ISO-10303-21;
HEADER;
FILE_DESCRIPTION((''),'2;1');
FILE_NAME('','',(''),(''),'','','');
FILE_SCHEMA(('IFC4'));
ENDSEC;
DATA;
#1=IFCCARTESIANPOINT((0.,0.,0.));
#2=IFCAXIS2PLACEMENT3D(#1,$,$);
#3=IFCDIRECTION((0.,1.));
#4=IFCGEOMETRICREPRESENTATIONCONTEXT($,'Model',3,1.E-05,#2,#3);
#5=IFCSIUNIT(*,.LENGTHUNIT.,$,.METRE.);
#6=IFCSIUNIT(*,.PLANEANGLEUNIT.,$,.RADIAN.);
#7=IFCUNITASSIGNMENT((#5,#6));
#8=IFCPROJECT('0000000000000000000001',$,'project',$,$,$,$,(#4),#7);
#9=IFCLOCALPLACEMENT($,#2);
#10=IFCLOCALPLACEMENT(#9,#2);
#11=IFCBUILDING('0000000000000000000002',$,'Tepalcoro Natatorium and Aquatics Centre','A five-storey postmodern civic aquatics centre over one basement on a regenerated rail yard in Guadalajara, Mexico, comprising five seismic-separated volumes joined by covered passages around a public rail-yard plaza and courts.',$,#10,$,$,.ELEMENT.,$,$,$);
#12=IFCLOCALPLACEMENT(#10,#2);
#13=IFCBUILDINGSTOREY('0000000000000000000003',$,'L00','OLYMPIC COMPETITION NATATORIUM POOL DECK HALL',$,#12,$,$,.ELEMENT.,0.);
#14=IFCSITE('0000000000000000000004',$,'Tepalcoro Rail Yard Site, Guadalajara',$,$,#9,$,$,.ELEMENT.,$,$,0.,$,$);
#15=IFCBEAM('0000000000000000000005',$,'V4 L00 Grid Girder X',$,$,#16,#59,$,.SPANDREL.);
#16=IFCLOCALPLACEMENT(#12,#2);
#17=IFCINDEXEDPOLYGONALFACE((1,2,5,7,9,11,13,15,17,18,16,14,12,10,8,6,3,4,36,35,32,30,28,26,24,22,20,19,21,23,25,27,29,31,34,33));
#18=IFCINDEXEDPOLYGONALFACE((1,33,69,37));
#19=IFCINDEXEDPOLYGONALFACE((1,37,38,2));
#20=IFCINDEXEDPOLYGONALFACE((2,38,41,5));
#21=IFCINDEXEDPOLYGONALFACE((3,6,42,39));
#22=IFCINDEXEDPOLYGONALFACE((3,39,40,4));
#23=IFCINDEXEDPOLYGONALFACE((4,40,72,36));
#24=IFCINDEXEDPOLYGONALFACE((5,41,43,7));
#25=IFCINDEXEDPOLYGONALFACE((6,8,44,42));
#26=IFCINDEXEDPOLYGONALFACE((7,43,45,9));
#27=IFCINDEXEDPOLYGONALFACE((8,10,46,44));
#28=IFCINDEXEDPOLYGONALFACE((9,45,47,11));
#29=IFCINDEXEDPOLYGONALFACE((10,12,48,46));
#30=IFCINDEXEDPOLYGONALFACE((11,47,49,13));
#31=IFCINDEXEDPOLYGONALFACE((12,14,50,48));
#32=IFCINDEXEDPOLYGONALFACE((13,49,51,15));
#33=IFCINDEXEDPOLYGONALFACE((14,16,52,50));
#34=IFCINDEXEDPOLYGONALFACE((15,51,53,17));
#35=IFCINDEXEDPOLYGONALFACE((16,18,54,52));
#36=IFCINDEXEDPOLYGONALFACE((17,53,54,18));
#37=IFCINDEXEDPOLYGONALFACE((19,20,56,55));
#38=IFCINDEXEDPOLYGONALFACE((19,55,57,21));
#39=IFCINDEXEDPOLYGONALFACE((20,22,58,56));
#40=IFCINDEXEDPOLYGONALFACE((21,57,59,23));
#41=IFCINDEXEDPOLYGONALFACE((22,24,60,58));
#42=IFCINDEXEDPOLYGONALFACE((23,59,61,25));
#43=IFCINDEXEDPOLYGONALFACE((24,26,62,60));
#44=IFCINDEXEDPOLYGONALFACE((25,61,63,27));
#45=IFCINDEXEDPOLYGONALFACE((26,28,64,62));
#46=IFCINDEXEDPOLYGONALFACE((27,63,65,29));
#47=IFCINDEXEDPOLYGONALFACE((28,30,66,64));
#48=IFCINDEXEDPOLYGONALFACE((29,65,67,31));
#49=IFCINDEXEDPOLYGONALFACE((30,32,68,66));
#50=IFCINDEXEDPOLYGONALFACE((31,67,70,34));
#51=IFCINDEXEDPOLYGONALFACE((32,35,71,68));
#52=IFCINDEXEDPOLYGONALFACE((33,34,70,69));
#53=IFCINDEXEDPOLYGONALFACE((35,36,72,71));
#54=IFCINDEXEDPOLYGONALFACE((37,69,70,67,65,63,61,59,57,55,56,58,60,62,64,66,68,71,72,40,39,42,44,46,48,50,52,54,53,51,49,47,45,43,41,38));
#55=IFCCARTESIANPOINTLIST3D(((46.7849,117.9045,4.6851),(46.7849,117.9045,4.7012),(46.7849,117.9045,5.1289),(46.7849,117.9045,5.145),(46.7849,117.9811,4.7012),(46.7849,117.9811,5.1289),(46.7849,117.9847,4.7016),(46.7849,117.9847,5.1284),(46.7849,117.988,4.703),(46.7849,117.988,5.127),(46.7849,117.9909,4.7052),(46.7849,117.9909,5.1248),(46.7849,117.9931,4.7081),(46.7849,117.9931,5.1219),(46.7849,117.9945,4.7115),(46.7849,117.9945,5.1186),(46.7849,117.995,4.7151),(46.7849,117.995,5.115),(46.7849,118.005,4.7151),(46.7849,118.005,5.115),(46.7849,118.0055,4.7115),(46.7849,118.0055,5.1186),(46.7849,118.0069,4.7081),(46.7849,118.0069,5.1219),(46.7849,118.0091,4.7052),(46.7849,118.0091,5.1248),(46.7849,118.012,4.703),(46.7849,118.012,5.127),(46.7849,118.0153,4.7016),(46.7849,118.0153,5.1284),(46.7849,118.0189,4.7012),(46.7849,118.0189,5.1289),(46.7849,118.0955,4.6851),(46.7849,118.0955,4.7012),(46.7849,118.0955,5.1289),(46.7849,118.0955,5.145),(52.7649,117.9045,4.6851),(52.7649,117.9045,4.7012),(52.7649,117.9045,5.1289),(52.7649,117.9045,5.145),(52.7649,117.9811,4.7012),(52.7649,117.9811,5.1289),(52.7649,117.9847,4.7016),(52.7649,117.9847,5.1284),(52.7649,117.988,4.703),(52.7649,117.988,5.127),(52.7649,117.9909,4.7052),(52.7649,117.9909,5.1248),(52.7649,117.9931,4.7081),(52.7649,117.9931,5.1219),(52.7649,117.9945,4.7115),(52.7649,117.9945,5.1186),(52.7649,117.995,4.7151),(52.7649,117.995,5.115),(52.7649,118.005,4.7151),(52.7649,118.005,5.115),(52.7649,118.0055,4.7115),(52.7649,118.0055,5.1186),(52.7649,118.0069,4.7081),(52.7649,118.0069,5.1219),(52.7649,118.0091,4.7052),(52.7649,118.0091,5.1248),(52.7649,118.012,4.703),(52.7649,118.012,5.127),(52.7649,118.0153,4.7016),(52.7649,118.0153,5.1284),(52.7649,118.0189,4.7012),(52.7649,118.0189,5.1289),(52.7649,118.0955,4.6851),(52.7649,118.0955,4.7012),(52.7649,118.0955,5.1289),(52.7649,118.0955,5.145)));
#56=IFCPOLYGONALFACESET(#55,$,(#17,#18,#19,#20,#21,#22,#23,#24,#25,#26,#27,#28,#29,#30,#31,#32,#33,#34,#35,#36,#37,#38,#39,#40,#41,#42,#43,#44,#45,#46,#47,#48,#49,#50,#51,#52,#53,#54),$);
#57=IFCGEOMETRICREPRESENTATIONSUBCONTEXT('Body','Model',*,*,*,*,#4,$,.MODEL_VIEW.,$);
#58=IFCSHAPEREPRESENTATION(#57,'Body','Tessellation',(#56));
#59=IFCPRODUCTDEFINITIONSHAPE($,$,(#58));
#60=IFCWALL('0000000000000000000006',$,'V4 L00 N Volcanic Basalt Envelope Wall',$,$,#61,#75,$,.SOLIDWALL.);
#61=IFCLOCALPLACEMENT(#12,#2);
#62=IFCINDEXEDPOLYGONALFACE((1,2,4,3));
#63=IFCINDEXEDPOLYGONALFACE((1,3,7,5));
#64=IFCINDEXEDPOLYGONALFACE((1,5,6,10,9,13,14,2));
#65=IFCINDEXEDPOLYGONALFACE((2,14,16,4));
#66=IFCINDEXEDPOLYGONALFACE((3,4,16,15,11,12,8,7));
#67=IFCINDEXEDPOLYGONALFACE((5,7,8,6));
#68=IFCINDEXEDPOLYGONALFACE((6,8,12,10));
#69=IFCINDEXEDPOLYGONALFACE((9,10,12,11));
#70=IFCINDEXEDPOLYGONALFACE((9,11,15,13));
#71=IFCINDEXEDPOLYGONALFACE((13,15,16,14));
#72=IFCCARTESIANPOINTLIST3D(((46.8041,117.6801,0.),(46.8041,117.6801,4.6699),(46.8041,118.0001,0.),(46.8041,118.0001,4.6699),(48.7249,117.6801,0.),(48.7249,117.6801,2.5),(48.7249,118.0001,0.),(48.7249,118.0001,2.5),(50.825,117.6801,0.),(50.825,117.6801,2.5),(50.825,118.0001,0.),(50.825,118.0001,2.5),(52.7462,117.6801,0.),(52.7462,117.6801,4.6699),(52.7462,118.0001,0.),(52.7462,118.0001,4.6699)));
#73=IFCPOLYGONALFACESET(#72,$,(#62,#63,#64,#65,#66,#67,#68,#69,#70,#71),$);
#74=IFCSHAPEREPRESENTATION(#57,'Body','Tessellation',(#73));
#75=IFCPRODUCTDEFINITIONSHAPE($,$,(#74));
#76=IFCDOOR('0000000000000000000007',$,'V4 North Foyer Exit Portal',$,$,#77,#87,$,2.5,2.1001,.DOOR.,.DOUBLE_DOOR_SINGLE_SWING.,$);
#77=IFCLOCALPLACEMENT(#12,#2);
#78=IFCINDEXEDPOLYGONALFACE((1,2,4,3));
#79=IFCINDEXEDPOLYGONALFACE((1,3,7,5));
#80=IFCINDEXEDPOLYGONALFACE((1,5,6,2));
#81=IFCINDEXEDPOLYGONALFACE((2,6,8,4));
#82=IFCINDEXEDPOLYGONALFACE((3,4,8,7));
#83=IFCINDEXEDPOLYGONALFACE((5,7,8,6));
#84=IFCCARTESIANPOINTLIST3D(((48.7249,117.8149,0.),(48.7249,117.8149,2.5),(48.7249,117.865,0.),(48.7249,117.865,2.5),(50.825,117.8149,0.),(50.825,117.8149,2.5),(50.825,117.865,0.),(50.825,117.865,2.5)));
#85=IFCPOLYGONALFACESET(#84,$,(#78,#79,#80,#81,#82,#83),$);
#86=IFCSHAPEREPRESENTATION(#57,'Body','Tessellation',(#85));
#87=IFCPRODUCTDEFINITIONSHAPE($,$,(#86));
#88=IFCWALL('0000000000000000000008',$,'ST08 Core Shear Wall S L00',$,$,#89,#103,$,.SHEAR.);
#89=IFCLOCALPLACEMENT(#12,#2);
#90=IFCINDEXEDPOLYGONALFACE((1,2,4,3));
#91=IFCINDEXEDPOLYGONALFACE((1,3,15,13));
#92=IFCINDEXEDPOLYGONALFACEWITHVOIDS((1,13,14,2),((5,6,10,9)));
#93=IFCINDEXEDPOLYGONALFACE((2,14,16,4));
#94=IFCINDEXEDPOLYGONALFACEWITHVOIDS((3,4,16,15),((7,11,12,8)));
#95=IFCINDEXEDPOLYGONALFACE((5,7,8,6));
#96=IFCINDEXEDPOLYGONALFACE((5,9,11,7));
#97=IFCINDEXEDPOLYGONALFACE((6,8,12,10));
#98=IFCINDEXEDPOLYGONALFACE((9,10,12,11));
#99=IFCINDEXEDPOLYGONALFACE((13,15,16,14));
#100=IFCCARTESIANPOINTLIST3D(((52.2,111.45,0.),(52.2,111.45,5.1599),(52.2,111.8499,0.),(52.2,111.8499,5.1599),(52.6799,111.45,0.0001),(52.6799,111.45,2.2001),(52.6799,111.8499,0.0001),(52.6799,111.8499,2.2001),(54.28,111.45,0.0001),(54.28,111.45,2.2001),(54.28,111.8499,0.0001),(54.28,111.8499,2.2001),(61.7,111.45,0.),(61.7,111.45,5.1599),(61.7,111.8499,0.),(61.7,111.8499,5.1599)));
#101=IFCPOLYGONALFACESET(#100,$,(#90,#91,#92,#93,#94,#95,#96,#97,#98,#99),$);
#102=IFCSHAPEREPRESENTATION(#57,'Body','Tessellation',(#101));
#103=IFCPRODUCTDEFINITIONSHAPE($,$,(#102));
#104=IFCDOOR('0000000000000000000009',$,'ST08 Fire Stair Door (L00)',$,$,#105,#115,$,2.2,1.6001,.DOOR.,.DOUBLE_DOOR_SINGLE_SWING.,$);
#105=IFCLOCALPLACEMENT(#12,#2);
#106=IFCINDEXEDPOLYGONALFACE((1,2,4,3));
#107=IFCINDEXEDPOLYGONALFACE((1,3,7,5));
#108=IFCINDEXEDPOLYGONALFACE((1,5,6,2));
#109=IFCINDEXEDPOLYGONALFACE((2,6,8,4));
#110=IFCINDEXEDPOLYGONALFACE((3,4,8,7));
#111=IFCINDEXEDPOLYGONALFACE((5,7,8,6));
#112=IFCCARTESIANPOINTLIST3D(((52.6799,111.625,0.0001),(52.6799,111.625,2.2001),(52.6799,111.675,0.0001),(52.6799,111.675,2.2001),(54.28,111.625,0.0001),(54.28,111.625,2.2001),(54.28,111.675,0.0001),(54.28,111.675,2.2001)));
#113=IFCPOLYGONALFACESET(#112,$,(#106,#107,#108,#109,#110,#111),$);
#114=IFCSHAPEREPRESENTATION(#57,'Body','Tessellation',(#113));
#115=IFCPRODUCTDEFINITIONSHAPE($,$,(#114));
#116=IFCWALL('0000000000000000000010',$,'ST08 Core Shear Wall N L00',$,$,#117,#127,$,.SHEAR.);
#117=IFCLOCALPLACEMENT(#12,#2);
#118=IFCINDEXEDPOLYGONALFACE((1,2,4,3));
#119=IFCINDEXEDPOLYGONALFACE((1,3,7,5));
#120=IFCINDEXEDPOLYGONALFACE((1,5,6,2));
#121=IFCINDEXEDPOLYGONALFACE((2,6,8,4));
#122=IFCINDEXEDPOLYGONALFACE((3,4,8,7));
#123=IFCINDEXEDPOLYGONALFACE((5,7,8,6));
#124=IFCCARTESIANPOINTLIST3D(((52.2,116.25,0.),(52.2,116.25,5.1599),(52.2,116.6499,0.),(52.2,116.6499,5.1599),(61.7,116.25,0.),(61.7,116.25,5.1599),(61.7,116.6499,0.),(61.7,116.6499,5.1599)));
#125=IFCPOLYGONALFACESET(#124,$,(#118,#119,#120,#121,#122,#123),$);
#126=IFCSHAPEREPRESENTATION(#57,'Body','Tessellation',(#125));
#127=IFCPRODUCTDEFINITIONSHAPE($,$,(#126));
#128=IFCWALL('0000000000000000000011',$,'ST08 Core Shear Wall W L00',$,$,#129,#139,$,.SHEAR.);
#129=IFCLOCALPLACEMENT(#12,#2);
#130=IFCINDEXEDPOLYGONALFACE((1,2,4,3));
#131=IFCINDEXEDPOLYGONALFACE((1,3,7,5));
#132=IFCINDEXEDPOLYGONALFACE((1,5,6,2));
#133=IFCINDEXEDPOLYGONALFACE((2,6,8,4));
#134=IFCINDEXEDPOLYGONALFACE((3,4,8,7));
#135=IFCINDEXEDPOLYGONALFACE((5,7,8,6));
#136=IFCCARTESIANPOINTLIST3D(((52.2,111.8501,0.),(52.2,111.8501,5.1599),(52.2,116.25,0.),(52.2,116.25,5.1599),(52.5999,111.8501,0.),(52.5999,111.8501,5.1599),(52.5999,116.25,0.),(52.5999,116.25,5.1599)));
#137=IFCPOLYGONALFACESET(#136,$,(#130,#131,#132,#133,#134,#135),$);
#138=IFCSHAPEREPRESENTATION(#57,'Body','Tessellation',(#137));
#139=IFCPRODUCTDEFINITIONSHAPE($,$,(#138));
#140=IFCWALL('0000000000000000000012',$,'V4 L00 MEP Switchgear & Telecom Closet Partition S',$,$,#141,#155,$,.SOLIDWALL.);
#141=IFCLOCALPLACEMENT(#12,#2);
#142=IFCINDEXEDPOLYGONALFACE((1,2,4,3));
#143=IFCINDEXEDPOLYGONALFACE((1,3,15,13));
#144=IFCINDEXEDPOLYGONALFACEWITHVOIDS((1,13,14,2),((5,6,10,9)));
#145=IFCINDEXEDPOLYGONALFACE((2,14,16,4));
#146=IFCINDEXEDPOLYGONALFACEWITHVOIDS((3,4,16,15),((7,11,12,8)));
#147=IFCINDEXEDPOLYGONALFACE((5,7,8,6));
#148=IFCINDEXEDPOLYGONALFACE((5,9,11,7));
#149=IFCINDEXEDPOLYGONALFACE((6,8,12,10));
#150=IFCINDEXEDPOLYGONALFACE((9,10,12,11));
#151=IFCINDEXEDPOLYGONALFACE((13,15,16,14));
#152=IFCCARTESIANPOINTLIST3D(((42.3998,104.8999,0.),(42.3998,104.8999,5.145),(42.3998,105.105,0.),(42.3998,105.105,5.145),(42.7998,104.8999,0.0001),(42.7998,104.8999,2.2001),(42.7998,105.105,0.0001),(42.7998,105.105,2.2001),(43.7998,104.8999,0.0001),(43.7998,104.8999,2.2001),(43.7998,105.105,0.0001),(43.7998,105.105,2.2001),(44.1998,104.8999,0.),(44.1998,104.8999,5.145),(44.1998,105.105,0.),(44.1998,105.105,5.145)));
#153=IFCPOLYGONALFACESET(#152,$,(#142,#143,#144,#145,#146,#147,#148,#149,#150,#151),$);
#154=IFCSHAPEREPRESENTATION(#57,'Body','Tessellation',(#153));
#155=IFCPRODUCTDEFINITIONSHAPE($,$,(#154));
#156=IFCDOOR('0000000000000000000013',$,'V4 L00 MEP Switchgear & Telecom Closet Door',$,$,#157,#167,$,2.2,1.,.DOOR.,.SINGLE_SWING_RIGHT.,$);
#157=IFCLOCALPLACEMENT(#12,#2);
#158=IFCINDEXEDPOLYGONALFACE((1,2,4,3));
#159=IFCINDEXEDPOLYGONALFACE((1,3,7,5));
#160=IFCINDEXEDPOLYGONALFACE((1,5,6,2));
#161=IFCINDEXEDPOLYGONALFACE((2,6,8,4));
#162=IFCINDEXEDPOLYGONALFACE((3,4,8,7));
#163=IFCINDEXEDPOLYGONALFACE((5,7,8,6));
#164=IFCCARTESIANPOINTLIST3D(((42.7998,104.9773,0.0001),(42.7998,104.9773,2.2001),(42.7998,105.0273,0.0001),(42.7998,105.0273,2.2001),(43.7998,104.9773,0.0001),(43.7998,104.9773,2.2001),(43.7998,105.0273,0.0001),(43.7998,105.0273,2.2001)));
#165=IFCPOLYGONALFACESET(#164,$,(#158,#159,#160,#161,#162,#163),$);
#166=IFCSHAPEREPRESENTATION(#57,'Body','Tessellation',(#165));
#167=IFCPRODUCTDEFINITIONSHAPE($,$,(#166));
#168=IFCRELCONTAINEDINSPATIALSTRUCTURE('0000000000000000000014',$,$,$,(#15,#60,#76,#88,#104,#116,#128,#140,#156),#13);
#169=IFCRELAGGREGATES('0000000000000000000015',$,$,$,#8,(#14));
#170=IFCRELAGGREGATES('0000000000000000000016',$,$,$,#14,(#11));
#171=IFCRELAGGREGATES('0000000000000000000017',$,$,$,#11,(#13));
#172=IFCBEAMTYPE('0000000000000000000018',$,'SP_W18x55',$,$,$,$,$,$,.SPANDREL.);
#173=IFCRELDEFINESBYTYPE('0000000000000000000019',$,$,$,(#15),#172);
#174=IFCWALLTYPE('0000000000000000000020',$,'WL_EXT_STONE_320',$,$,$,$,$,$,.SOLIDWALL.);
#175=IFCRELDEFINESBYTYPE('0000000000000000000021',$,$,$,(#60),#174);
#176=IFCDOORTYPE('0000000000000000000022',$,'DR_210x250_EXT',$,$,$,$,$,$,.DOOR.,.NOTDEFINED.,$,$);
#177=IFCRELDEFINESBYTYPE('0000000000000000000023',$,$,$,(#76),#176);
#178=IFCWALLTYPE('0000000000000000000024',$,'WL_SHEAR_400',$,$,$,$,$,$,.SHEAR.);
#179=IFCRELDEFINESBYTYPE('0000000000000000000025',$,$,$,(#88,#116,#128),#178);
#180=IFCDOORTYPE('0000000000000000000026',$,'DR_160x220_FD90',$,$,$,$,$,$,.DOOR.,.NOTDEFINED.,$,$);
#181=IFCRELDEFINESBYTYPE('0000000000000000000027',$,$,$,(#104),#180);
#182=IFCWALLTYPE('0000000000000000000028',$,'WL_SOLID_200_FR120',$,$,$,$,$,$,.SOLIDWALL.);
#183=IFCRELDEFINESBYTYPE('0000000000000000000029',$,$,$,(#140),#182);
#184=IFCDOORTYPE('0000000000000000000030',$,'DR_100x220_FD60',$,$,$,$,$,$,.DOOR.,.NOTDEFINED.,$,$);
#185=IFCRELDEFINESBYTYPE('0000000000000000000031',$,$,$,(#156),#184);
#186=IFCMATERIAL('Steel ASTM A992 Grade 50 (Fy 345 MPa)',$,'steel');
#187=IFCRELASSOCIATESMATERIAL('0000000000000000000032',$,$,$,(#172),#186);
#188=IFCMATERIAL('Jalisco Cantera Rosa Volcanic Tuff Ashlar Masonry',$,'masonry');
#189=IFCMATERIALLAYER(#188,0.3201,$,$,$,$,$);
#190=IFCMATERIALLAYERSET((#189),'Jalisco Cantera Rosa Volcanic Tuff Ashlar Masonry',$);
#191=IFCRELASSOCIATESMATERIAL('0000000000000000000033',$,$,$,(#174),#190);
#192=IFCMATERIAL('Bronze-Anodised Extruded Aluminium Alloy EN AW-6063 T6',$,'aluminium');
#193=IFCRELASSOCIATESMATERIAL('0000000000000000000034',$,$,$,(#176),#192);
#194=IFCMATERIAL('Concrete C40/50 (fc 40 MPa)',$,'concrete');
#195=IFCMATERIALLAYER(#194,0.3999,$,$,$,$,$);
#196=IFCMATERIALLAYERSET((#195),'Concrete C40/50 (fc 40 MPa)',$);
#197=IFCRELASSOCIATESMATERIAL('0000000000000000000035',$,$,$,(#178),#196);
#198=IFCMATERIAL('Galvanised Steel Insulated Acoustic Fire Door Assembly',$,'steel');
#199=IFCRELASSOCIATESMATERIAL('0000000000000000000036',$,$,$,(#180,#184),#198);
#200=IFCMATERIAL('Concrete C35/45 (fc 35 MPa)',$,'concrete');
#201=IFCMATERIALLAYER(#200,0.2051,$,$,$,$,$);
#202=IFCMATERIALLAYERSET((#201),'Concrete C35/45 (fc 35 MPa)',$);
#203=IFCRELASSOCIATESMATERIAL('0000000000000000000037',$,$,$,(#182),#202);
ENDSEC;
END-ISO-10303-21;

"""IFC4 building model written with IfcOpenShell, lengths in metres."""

from ifc_helpers import new_model, si_unit, direction, frame, frame_2d, origin, origin_2d, place, context, subcontext, project, spatial, rectangle, i_section, extrude, material, layer, layer_set, material_profile, profile_set, type_object, element, fill, save


model = new_model("IFC4")

# Units and contexts
model_context = context("Model", 3, precision=1e-05, world=origin(), true_north=direction((0.0, 1.0)))
body_context = subcontext(model_context, "Body", "Model", "MODEL_VIEW")
ifc_project = project(units=[si_unit("LENGTHUNIT", "METRE"), si_unit("PLANEANGLEUNIT", "RADIAN")], contexts=[model_context])

# Site, building, storey
site_placement = place(None, origin())
site = spatial("IfcSite", under=ifc_project, at=site_placement, Name="Tepalcoro Rail Yard Site, Guadalajara", CompositionType="ELEMENT", RefElevation=0.0)
building_placement = place(site_placement, origin())
building = spatial("IfcBuilding", under=site, at=building_placement, Name="Tepalcoro Natatorium and Aquatics Centre", Description="A five-storey postmodern civic aquatics centre over one basement on a regenerated rail yard in Guadalajara, Mexico, comprising five seismic-separated volumes joined by covered passages around a public rail-yard plaza and courts.", CompositionType="ELEMENT")
storey_placement = place(building_placement, origin())
storey = spatial("IfcBuildingStorey", under=building, at=storey_placement, Name="L00", Description="OLYMPIC COMPETITION NATATORIUM POOL DECK HALL", CompositionType="ELEMENT", Elevation=0.0)

# Shared definitions
ifc_material_1 = material(Name="Concrete C40/50 (fc 40 MPa)", Category="concrete")

# Beam
ifc_material_2 = material(Name="Steel ASTM A992 Grade 50 (Fy 345 MPa)", Category="steel")
ifc_material_profile_1 = material_profile(ifc_material_2, i_section(OverallWidth=0.1909, OverallDepth=0.46, WebThickness=0.01, FlangeThickness=0.0161, FilletRadius=0.0139, at=origin_2d()), Name="W18X55")
ifc_profile_set_1 = profile_set([ifc_material_profile_1], Name="Steel ASTM A992 Grade 50 (Fy 345 MPa)")
beam_type_1 = type_object("IfcBeamType", Name="SP_W18x55", PredefinedType="SPANDREL", material=ifc_profile_set_1)
beam_1_placement = place(storey_placement, frame((46.7849, 118.0, 4.915), z_axis=(1.0, 0.0, 0.0), x_axis=(0.0, 1.0, 0.0)))
element("IfcBeam", 1, at=beam_1_placement, inside=storey, type_object=beam_type_1, Name="V4 L00 Grid Girder X", PredefinedType="SPANDREL", context=body_context, shape_type="SweptSolid", body=[
    extrude(i_section(OverallWidth=0.1909, OverallDepth=0.46, WebThickness=0.01, FlangeThickness=0.0161, FilletRadius=0.0139, at=origin_2d()), origin(), (0.0, 0.0, 1.0), 5.98),
])

# Walls, openings, doors
ifc_material_3 = material(Name="Jalisco Cantera Rosa Volcanic Tuff Ashlar Masonry", Category="masonry")
ifc_layer_1 = layer(ifc_material_3, 0.3201)
ifc_layer_set_1 = layer_set([ifc_layer_1], Name="Jalisco Cantera Rosa Volcanic Tuff Ashlar Masonry")
wall_type_1 = type_object("IfcWallType", Name="WL_EXT_STONE_320", PredefinedType="SOLIDWALL", material=ifc_layer_set_1)
wall_1_placement = place(storey_placement, frame((46.804, 117.8401, 0.0), z_axis=(0.0, 0.0, 1.0), x_axis=(1.0, 0.0, 0.0)))
wall_1 = element("IfcWall", 2, at=wall_1_placement, inside=storey, type_object=wall_type_1, Name="V4 L00 N Volcanic Basalt Envelope Wall", PredefinedType="SOLIDWALL", context=body_context, shape_type="SweptSolid", body=[
    extrude(rectangle(XDim=5.9421, YDim=0.3201, at=frame_2d((2.9712, 0.0))), origin(), (0.0, 0.0, 1.0), 4.6699),
])
opening_1_placement = place(wall_1_placement, frame((1.9209, 0.0, 0.0)))
opening_1 = element("IfcOpeningElement", 3, at=opening_1_placement, cuts=wall_1, PredefinedType="OPENING", context=body_context, shape_type="SweptSolid", body=[
    extrude(rectangle(XDim=2.1001, YDim=2.5, at=frame_2d((1.05, 1.25))), frame((0.0, 0.1719, 0.0), z_axis=(0.0, -1.0, 0.0), x_axis=(1.0, 0.0, 0.0)), (0.0, 0.0, 1.0), 0.344),
])
ifc_material_4 = material(Name="Bronze-Anodised Extruded Aluminium Alloy EN AW-6063 T6", Category="aluminium")
door_type_1 = type_object("IfcDoorType", Name="DR_210x250_EXT", OperationType="NOTDEFINED", PredefinedType="DOOR", material=ifc_material_4)
door_1_placement = place(opening_1_placement, origin())
door_1 = element("IfcDoor", 4, at=door_1_placement, inside=storey, type_object=door_type_1, Name="V4 North Foyer Exit Portal", OperationType="DOUBLE_DOOR_SINGLE_SWING", OverallHeight=2.5, OverallWidth=2.1001, PredefinedType="DOOR", context=body_context, shape_type="SweptSolid", body=[
    extrude(rectangle(XDim=2.1001, YDim=2.5, at=frame_2d((1.05, 1.25))), frame((0.0, 0.0249, 0.0), z_axis=(0.0, -1.0, 0.0), x_axis=(1.0, 0.0, 0.0)), (0.0, 0.0, 1.0), 0.05),
])
fill(opening_1, door_1)
ifc_layer_2 = layer(ifc_material_1, 0.3999)
ifc_layer_set_2 = layer_set([ifc_layer_2], Name="Concrete C40/50 (fc 40 MPa)")
wall_type_2 = type_object("IfcWallType", Name="WL_SHEAR_400", PredefinedType="SHEAR", material=ifc_layer_set_2)
wall_2_placement = place(storey_placement, frame((52.2, 111.6499, 0.0), z_axis=(0.0, 0.0, 1.0), x_axis=(1.0, 0.0, 0.0)))
wall_2 = element("IfcWall", 5, at=wall_2_placement, inside=storey, type_object=wall_type_2, Name="ST08 Core Shear Wall S L00", PredefinedType="SHEAR", context=body_context, shape_type="SweptSolid", body=[
    extrude(rectangle(XDim=9.5, YDim=0.3999, at=frame_2d((4.75, 0.0))), origin(), (0.0, 0.0, 1.0), 5.1599),
])
opening_2_placement = place(wall_2_placement, frame((0.48, 0.0, 0.0)))
opening_2 = element("IfcOpeningElement", 6, at=opening_2_placement, cuts=wall_2, PredefinedType="OPENING", context=body_context, shape_type="SweptSolid", body=[
    extrude(rectangle(XDim=1.6001, YDim=2.2, at=frame_2d((0.8, 1.1001))), frame((0.0, 0.2119, 0.0), z_axis=(0.0, -1.0, 0.0), x_axis=(1.0, 0.0, 0.0)), (0.0, 0.0, 1.0), 0.4238),
])
ifc_material_5 = material(Name="Galvanised Steel Insulated Acoustic Fire Door Assembly", Category="steel")
door_type_2 = type_object("IfcDoorType", Name="DR_160x220_FD90", OperationType="NOTDEFINED", PredefinedType="DOOR", material=ifc_material_5)
door_2_placement = place(opening_2_placement, frame((1.6001, 0.0, 0.0), z_axis=(0.0, 0.0, 1.0), x_axis=(-1.0, 0.0, 0.0)))
door_2 = element("IfcDoor", 7, at=door_2_placement, inside=storey, type_object=door_type_2, Name="ST08 Fire Stair Door (L00)", OperationType="DOUBLE_DOOR_SINGLE_SWING", OverallHeight=2.2, OverallWidth=1.6001, PredefinedType="DOOR", context=body_context, shape_type="SweptSolid", body=[
    extrude(rectangle(XDim=1.6001, YDim=2.2, at=frame_2d((0.8, 1.1001))), frame((0.0, 0.0249, 0.0), z_axis=(0.0, -1.0, 0.0), x_axis=(1.0, 0.0, 0.0)), (0.0, 0.0, 1.0), 0.05),
])
fill(opening_2, door_2)

# Walls
wall_3_placement = place(storey_placement, frame((52.2, 116.45, 0.0), z_axis=(0.0, 0.0, 1.0), x_axis=(1.0, 0.0, 0.0)))
element("IfcWall", 8, at=wall_3_placement, inside=storey, type_object=wall_type_2, Name="ST08 Core Shear Wall N L00", PredefinedType="SHEAR", context=body_context, shape_type="SweptSolid", body=[
    extrude(rectangle(XDim=9.5, YDim=0.3999, at=frame_2d((4.75, 0.0))), origin(), (0.0, 0.0, 1.0), 5.1599),
])
wall_4_placement = place(storey_placement, frame((52.3999, 111.8501, 0.0), z_axis=(0.0, 0.0, 1.0), x_axis=(0.0, 1.0, 0.0)))
element("IfcWall", 9, at=wall_4_placement, inside=storey, type_object=wall_type_2, Name="ST08 Core Shear Wall W L00", PredefinedType="SHEAR", context=body_context, shape_type="SweptSolid", body=[
    extrude(rectangle(XDim=4.3999, YDim=0.3999, at=frame_2d((2.2, 0.0))), origin(), (0.0, 0.0, 1.0), 5.1599),
])

# Wall, opening, door
ifc_material_6 = material(Name="Concrete C35/45 (fc 35 MPa)", Category="concrete")
ifc_layer_3 = layer(ifc_material_6, 0.2051)
ifc_layer_set_3 = layer_set([ifc_layer_3], Name="Concrete C35/45 (fc 35 MPa)")
wall_type_3 = type_object("IfcWallType", Name="WL_SOLID_200_FR120", PredefinedType="SOLIDWALL", material=ifc_layer_set_3)
wall_5_placement = place(storey_placement, frame((42.3999, 105.0024, 0.0), z_axis=(0.0, 0.0, 1.0), x_axis=(1.0, 0.0, 0.0)))
wall_5 = element("IfcWall", 10, at=wall_5_placement, inside=storey, type_object=wall_type_3, Name="V4 L00 MEP Switchgear & Telecom Closet Partition S", PredefinedType="SOLIDWALL", context=body_context, shape_type="SweptSolid", body=[
    extrude(rectangle(XDim=1.8, YDim=0.2051, at=frame_2d((0.8999, 0.0))), origin(), (0.0, 0.0, 1.0), 5.145),
])
opening_3_placement = place(wall_5_placement, frame((0.3999, 0.0, 0.0)))
opening_3 = element("IfcOpeningElement", 11, at=opening_3_placement, cuts=wall_5, PredefinedType="OPENING", context=body_context, shape_type="SweptSolid", body=[
    extrude(rectangle(XDim=1.0, YDim=2.2, at=frame_2d((0.5, 1.1001))), frame((0.0, 0.1145, 0.0), z_axis=(0.0, -1.0, 0.0), x_axis=(1.0, 0.0, 0.0)), (0.0, 0.0, 1.0), 0.229),
])
door_type_3 = type_object("IfcDoorType", Name="DR_100x220_FD60", OperationType="NOTDEFINED", PredefinedType="DOOR", material=ifc_material_5)
door_3_placement = place(opening_3_placement, origin())
door_3 = element("IfcDoor", 12, at=door_3_placement, inside=storey, type_object=door_type_3, Name="V4 L00 MEP Switchgear & Telecom Closet Door", OperationType="SINGLE_SWING_RIGHT", OverallHeight=2.2, OverallWidth=1.0, PredefinedType="DOOR", context=body_context, shape_type="SweptSolid", body=[
    extrude(rectangle(XDim=1.0, YDim=2.2, at=frame_2d((0.5, 1.1001))), frame((0.0, 0.0249, 0.0), z_axis=(0.0, -1.0, 0.0), x_axis=(1.0, 0.0, 0.0)), (0.0, 0.0, 1.0), 0.05),
])
fill(opening_3, door_3)

save(model, "model.ifc")
